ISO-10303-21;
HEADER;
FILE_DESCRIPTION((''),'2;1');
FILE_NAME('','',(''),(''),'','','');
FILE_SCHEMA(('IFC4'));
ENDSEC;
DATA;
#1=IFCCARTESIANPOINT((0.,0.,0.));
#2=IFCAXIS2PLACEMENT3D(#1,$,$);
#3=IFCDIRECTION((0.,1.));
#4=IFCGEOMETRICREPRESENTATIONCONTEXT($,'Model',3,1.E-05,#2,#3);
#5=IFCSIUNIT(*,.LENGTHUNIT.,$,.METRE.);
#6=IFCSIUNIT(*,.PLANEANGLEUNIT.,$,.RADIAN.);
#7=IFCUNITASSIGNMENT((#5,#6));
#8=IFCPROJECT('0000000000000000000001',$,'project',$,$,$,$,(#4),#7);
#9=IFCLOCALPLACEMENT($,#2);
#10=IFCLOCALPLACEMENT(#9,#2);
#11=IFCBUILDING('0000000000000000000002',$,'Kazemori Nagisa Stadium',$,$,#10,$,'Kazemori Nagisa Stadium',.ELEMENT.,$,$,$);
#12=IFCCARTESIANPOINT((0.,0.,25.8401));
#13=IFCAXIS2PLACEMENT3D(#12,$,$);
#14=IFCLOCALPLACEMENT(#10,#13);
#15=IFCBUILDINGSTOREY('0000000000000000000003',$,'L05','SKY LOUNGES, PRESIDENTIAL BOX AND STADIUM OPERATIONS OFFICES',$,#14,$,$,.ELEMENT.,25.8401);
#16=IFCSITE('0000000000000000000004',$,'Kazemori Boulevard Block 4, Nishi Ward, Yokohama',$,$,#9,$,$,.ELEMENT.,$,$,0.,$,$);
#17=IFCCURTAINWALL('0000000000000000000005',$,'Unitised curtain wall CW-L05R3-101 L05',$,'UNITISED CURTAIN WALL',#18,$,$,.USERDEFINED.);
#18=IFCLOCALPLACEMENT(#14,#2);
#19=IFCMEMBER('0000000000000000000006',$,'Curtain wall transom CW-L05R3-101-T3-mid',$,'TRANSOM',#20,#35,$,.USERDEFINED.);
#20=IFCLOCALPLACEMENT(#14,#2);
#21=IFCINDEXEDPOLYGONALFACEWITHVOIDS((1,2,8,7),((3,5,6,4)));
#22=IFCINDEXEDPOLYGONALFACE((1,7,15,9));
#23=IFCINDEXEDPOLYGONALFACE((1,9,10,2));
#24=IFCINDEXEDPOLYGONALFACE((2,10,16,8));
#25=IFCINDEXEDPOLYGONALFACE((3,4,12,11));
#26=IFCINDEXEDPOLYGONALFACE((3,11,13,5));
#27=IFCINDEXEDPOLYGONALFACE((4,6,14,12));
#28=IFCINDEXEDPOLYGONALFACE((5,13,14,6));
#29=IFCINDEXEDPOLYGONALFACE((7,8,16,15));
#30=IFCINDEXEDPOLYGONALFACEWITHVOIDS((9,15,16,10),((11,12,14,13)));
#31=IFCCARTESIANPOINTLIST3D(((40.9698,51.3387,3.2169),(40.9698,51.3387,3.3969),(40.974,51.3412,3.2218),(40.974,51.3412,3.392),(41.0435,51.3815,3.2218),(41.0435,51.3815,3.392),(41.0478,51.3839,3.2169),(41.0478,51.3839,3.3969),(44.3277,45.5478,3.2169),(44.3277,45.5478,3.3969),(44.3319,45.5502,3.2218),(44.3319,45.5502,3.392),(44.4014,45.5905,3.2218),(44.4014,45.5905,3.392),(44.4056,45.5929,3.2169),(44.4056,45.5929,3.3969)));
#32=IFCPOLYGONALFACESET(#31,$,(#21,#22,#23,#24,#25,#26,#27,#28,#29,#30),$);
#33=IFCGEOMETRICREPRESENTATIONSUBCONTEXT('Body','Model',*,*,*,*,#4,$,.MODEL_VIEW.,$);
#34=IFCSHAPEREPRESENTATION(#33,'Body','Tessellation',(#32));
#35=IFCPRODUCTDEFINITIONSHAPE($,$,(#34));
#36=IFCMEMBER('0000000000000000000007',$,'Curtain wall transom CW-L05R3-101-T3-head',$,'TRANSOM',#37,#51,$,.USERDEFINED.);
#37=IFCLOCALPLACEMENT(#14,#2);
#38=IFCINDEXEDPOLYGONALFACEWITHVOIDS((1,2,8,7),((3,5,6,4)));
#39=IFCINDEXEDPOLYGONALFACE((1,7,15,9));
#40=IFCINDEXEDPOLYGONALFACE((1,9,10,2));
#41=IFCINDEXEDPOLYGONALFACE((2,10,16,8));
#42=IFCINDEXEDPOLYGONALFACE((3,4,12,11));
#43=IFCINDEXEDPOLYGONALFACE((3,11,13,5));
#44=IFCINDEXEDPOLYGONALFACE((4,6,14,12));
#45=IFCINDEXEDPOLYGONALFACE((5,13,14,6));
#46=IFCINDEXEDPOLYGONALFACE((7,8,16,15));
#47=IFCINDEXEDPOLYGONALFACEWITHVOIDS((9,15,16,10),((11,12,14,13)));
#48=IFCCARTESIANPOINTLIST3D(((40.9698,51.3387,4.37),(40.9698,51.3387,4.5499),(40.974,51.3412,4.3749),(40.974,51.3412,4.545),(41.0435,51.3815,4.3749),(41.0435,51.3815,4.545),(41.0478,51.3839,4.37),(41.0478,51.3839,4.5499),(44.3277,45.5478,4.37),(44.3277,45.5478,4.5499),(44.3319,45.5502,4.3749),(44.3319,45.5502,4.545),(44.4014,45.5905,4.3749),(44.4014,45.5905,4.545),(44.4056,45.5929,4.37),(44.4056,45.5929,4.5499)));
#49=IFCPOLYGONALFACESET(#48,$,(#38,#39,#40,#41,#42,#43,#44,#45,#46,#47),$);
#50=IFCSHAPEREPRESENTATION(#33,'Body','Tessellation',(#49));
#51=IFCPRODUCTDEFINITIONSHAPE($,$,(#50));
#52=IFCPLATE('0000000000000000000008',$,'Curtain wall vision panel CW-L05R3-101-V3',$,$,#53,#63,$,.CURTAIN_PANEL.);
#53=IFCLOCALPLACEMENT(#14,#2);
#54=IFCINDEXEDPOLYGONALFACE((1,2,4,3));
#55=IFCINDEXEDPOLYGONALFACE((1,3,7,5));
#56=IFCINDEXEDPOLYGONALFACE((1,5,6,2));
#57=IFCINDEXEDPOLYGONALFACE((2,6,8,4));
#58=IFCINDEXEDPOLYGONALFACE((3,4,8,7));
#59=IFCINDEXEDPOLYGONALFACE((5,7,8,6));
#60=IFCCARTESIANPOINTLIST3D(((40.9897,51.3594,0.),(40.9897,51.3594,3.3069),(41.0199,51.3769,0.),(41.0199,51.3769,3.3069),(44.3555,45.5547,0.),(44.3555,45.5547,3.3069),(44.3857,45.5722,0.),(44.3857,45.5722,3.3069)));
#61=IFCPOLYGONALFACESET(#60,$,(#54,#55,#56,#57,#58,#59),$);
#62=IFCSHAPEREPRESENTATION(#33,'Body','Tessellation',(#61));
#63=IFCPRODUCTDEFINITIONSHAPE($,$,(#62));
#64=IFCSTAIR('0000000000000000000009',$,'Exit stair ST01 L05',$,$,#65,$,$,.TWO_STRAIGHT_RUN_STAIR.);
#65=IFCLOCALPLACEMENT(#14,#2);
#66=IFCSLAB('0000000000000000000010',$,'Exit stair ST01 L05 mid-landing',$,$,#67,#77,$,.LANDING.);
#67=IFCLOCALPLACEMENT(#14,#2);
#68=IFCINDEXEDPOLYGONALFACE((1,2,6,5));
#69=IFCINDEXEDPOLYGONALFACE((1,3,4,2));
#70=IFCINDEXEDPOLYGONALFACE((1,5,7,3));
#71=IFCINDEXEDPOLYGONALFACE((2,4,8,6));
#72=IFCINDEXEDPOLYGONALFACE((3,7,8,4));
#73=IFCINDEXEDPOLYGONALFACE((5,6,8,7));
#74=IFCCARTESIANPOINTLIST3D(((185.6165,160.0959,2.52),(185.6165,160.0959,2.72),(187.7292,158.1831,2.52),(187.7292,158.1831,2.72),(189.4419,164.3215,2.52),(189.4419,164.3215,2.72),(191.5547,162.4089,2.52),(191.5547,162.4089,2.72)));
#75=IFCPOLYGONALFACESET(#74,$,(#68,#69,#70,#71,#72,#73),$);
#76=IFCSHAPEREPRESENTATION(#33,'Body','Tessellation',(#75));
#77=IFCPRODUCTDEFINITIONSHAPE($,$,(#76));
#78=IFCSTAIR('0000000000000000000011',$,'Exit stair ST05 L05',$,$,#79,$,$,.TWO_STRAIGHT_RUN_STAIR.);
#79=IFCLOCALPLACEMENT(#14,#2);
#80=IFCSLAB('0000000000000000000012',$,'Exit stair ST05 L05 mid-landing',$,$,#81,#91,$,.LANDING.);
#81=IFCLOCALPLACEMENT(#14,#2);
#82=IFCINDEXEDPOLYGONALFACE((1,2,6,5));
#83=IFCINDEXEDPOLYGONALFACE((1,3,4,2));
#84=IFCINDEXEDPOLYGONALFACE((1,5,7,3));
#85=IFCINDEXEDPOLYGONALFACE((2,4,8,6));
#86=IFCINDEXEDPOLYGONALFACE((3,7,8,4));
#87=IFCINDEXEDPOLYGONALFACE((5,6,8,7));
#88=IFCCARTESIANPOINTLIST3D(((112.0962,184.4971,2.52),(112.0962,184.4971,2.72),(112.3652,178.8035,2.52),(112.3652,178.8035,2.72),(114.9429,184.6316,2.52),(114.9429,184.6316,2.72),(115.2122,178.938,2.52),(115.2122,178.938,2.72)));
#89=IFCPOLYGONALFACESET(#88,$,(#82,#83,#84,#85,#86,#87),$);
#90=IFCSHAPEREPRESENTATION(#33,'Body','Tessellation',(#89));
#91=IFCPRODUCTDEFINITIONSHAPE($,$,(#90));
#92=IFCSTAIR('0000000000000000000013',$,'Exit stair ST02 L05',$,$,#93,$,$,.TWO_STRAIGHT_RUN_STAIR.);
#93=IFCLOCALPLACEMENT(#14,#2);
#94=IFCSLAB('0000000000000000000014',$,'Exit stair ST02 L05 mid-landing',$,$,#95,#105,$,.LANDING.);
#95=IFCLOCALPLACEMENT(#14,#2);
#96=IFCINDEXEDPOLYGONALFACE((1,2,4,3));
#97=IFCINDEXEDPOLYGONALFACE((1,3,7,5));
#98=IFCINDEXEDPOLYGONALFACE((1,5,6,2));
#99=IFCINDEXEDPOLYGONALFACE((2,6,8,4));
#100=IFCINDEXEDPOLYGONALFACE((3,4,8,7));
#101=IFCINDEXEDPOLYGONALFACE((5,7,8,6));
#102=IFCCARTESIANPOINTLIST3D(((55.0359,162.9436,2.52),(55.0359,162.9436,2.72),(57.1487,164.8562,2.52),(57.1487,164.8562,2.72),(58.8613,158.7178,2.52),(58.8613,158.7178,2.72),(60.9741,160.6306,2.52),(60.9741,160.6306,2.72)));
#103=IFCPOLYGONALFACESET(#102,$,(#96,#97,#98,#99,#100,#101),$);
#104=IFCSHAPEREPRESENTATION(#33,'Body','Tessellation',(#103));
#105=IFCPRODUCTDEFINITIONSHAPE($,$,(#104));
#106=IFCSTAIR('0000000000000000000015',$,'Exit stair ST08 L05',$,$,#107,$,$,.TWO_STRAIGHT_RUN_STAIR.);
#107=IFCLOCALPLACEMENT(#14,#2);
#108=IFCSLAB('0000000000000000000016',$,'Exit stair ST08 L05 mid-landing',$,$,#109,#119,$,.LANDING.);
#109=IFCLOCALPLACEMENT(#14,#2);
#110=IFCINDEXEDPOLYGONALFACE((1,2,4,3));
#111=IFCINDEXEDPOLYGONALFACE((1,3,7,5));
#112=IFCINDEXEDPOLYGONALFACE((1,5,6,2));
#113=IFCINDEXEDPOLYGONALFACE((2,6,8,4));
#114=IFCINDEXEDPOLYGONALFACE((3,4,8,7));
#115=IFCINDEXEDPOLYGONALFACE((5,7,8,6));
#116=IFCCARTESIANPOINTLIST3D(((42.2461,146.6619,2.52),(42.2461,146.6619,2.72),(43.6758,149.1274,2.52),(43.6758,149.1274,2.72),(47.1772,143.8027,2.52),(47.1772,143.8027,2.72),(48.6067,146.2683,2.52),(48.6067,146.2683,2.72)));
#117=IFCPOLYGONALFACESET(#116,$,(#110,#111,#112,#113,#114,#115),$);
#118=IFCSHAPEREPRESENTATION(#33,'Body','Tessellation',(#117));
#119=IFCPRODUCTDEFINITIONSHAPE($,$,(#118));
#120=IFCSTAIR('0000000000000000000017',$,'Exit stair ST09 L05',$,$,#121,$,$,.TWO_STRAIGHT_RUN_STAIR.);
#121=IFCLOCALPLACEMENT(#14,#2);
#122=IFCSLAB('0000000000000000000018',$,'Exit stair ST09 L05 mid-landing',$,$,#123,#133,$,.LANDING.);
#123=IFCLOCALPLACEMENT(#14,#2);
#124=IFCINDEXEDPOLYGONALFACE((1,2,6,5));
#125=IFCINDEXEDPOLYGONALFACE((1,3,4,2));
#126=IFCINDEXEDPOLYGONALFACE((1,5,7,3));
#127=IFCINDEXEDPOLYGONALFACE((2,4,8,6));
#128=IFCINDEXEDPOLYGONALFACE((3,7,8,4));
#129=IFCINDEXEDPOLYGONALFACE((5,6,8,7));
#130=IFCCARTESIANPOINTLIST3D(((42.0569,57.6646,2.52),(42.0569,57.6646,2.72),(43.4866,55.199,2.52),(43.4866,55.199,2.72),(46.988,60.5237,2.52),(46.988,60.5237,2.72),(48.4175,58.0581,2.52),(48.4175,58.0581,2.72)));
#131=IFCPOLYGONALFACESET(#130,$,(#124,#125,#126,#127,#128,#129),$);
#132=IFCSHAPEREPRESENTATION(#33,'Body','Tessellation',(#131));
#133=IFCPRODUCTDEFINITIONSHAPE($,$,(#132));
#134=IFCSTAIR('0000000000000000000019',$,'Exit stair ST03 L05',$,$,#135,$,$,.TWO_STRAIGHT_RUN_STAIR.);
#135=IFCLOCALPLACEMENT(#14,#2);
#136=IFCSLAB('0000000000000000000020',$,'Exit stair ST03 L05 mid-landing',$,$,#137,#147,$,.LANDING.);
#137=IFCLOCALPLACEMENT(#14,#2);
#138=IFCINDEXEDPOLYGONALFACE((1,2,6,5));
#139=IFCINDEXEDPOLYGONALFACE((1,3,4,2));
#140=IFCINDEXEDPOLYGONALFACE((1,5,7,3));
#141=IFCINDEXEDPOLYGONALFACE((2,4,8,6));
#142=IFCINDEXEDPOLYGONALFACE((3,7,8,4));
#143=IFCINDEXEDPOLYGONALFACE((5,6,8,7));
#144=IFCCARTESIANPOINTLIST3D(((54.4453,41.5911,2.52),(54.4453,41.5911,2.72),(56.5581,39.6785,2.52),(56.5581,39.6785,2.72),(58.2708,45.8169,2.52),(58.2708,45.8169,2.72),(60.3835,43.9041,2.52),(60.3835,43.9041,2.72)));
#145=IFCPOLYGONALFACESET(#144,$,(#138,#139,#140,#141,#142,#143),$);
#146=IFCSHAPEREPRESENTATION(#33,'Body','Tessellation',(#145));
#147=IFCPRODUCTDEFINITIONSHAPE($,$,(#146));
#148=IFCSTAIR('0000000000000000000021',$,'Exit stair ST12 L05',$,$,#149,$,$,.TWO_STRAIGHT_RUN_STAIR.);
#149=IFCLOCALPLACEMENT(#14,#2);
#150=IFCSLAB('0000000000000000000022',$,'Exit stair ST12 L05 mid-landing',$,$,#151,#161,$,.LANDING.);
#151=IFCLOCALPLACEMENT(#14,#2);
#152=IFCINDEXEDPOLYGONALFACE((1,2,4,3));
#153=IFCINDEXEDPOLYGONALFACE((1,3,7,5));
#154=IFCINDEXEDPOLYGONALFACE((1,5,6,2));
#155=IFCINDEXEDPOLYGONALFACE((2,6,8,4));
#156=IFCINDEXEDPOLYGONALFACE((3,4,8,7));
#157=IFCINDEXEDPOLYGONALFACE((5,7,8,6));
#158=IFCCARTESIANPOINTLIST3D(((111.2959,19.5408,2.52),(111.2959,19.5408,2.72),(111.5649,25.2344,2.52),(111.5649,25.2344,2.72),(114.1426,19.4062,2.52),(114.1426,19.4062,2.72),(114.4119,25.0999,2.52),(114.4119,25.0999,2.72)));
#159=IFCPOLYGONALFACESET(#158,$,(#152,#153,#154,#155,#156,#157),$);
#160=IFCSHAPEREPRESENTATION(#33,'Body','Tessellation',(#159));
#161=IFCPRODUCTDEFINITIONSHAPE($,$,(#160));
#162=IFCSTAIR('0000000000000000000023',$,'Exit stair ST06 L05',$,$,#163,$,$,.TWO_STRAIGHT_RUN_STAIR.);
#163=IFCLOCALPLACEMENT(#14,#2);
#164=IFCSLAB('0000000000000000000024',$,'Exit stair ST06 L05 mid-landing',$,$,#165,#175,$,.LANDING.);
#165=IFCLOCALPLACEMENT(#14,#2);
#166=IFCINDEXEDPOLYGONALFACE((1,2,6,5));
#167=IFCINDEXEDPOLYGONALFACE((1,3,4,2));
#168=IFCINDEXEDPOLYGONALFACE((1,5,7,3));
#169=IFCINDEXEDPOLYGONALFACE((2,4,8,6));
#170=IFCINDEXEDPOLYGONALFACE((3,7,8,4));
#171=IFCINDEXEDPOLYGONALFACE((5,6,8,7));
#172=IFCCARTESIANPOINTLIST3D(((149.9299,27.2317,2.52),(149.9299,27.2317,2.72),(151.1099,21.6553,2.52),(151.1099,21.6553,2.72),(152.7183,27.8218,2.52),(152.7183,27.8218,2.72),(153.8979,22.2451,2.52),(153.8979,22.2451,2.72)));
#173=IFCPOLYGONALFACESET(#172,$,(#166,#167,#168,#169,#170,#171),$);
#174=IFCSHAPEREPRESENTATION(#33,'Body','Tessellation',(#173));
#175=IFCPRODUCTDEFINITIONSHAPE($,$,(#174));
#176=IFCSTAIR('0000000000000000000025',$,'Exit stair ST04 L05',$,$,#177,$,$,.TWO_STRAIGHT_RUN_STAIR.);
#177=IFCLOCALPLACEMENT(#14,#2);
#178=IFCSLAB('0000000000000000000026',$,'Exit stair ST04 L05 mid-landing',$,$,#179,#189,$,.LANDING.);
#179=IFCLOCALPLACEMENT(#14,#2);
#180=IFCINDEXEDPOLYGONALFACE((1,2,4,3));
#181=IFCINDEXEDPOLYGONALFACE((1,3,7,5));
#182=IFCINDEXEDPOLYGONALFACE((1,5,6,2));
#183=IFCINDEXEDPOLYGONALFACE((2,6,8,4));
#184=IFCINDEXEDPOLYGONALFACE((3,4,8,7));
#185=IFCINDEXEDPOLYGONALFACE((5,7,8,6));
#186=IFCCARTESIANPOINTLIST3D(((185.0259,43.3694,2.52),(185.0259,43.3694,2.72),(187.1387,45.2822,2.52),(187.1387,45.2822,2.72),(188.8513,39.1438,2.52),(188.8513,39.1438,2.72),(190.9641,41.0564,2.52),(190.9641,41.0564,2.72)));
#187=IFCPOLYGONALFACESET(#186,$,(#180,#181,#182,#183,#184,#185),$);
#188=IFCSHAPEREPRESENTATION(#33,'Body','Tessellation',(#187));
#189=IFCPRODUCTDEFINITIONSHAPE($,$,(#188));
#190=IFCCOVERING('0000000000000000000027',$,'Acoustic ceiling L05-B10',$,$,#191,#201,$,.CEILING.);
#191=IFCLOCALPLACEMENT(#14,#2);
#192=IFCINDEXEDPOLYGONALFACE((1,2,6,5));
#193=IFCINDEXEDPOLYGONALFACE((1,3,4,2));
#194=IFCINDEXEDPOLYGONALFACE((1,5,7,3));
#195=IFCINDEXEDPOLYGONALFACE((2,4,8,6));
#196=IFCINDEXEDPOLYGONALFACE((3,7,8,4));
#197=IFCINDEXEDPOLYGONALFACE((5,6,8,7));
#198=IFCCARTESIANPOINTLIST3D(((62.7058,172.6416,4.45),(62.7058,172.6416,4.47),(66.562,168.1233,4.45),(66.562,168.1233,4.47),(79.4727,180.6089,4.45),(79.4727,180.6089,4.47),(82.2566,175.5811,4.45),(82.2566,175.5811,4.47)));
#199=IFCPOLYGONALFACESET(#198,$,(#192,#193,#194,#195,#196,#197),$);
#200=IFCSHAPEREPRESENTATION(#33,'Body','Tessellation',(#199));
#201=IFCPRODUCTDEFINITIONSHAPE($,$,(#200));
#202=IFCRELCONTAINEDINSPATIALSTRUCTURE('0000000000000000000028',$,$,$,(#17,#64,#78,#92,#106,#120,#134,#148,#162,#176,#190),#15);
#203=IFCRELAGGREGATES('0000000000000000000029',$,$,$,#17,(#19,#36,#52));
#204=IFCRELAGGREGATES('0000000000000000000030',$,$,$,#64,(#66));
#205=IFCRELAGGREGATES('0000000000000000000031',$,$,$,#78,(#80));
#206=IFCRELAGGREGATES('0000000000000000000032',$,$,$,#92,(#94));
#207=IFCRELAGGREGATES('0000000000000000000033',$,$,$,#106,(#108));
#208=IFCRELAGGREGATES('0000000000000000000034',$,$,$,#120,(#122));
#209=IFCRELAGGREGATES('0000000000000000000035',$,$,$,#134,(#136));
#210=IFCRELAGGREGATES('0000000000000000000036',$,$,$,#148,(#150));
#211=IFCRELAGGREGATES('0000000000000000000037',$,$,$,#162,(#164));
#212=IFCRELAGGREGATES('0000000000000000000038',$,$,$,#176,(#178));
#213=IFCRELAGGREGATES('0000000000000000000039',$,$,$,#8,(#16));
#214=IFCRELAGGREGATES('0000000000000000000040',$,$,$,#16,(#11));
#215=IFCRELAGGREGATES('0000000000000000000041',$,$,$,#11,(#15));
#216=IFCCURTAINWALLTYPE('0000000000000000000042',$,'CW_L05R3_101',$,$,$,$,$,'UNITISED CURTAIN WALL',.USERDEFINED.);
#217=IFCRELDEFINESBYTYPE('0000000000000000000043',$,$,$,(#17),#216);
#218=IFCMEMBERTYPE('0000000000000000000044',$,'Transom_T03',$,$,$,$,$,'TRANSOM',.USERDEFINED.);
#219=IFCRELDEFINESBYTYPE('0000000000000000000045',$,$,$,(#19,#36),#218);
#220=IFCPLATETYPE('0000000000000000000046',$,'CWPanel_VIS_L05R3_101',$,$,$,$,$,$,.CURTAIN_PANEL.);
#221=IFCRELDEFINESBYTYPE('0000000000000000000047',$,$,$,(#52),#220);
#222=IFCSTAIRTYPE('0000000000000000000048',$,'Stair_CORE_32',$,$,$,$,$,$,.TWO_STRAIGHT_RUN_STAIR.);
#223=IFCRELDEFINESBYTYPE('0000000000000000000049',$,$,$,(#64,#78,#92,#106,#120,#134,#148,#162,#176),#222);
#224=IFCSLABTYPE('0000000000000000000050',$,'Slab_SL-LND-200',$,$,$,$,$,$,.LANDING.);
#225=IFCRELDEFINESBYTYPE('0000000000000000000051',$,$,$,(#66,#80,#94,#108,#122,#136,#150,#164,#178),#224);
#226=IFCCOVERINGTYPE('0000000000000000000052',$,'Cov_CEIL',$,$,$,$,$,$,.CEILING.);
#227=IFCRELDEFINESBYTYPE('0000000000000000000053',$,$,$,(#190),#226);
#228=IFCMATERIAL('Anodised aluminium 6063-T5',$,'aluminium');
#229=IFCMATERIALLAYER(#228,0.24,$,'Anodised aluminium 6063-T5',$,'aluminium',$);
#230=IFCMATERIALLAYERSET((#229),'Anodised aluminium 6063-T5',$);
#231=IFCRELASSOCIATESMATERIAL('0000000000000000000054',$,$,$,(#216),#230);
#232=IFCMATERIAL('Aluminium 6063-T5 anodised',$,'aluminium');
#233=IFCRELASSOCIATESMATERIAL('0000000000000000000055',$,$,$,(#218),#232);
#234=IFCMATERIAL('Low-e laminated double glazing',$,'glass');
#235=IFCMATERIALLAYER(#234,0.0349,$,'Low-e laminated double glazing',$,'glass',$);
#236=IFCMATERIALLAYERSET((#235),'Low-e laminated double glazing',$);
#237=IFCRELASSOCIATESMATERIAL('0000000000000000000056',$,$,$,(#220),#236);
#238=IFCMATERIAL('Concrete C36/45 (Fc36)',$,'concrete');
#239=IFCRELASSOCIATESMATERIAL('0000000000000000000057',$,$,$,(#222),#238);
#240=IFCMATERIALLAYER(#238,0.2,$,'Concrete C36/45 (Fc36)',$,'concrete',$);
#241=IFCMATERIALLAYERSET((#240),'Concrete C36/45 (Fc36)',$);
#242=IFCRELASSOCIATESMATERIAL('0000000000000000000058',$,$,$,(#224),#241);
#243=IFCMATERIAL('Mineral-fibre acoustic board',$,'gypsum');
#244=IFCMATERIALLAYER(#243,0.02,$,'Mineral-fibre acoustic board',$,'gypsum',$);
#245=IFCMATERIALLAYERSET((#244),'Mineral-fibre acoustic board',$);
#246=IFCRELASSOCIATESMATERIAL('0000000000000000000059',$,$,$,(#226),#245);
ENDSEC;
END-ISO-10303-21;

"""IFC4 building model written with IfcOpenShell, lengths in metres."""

from ifc_helpers import new_model, si_unit, direction, frame, origin, origin_2d, place, context, subcontext, project, spatial, polyline, rectangle, hollow_rectangle, outline, extrude, material, layer, layer_set, material_profile, profile_set, type_object, element, aggregate, save


model = new_model("IFC4")

# Units and contexts
model_context = context("Model", 3, precision=1e-05, world=origin(), true_north=direction((0.0, 1.0)))
body_context = subcontext(model_context, "Body", "Model", "MODEL_VIEW")
ifc_project = project(units=[si_unit("LENGTHUNIT", "METRE"), si_unit("PLANEANGLEUNIT", "RADIAN")], contexts=[model_context])

# Site, building, storey
site_placement = place(None, origin())
site = spatial("IfcSite", under=ifc_project, at=site_placement, Name="Kazemori Boulevard Block 4, Nishi Ward, Yokohama", CompositionType="ELEMENT", RefElevation=0.0)
building_placement = place(site_placement, origin())
building = spatial("IfcBuilding", under=site, at=building_placement, Name="Kazemori Nagisa Stadium", LongName="Kazemori Nagisa Stadium", CompositionType="ELEMENT")
storey_placement = place(building_placement, frame((0.0, 0.0, 25.8401)))
storey = spatial("IfcBuildingStorey", under=building, at=storey_placement, Name="L05", Description="SKY LOUNGES, PRESIDENTIAL BOX AND STADIUM OPERATIONS OFFICES", CompositionType="ELEMENT", Elevation=25.8401)

# Curtain wall, members, plate
ifc_material_1 = material(Name="Anodised aluminium 6063-T5", Category="aluminium")
ifc_layer_1 = layer(ifc_material_1, 0.24, Name="Anodised aluminium 6063-T5", Category="aluminium")
ifc_layer_set_1 = layer_set([ifc_layer_1], Name="Anodised aluminium 6063-T5")
curtain_wall_type = type_object("IfcCurtainWallType", Name="CW_L05R3_101", ElementType="UNITISED CURTAIN WALL", PredefinedType="USERDEFINED", material=ifc_layer_set_1)
curtain_wall_placement = place(storey_placement, origin())
curtain_wall = element("IfcCurtainWall", 1, at=curtain_wall_placement, inside=storey, type_object=curtain_wall_type, Name="Unitised curtain wall CW-L05R3-101 L05", ObjectType="UNITISED CURTAIN WALL", PredefinedType="USERDEFINED")
ifc_material_2 = material(Name="Aluminium 6063-T5 anodised", Category="aluminium")
ifc_material_profile = material_profile(ifc_material_2, hollow_rectangle(XDim=0.0901, YDim=0.1799, WallThickness=0.0049, at=origin_2d()), Name="ALU-TRAN-90x180x5")
ifc_profile_set = profile_set([ifc_material_profile], Name="Aluminium 6063-T5 anodised")
member_type = type_object("IfcMemberType", Name="Transom_T03", ElementType="TRANSOM", PredefinedType="USERDEFINED", material=ifc_profile_set)
member_1_placement = place(storey_placement, frame((41.0088, 51.3613, 3.3069), z_axis=(0.50162, -0.865088, 0.0), x_axis=(0.865088, 0.50162, 0.0)))
member_1 = element("IfcMember", 2, at=member_1_placement, type_object=member_type, Name="Curtain wall transom CW-L05R3-101-T3-mid", ObjectType="TRANSOM", PredefinedType="USERDEFINED", context=body_context, shape_type="SweptSolid", body=[
    extrude(hollow_rectangle(XDim=0.0901, YDim=0.1799, WallThickness=0.0049, at=origin_2d()), origin(), (0.0, 0.0, 1.0), 6.6941),
])
member_2_placement = place(storey_placement, frame((41.0088, 51.3613, 4.46), z_axis=(0.50162, -0.865088, 0.0), x_axis=(0.865088, 0.50162, 0.0)))
member_2 = element("IfcMember", 3, at=member_2_placement, type_object=member_type, Name="Curtain wall transom CW-L05R3-101-T3-head", ObjectType="TRANSOM", PredefinedType="USERDEFINED", context=body_context, shape_type="SweptSolid", body=[
    extrude(hollow_rectangle(XDim=0.0901, YDim=0.1799, WallThickness=0.0049, at=origin_2d()), origin(), (0.0, 0.0, 1.0), 6.6941),
])
ifc_material_3 = material(Name="Low-e laminated double glazing", Category="glass")
ifc_layer_2 = layer(ifc_material_3, 0.0349, Name="Low-e laminated double glazing", Category="glass")
ifc_layer_set_2 = layer_set([ifc_layer_2], Name="Low-e laminated double glazing")
plate_type = type_object("IfcPlateType", Name="CWPanel_VIS_L05R3_101", PredefinedType="CURTAIN_PANEL", material=ifc_layer_set_2)
plate_placement = place(storey_placement, frame((42.6877, 48.4658, 0.0), z_axis=(0.0, 0.0, 1.0), x_axis=(0.501612, -0.865093, 0.0)))
plate = element("IfcPlate", 4, at=plate_placement, type_object=plate_type, Name="Curtain wall vision panel CW-L05R3-101-V3", PredefinedType="CURTAIN_PANEL", context=body_context, shape_type="SweptSolid", body=[
    extrude(rectangle(XDim=6.71, YDim=0.0349, at=origin_2d()), origin(), (0.0, 0.0, 1.0), 3.3069),
])
aggregate(curtain_wall, [member_1, member_2, plate])

# Stairs, slabs
ifc_material_4 = material(Name="Concrete C36/45 (Fc36)", Category="concrete")
stair_type = type_object("IfcStairType", Name="Stair_CORE_32", PredefinedType="TWO_STRAIGHT_RUN_STAIR", material=ifc_material_4)
stair_1_placement = place(storey_placement, origin())
stair_1 = element("IfcStair", 5, at=stair_1_placement, inside=storey, type_object=stair_type, Name="Exit stair ST01 L05", PredefinedType="TWO_STRAIGHT_RUN_STAIR")
ifc_layer_3 = layer(ifc_material_4, 0.2, Name="Concrete C36/45 (Fc36)", Category="concrete")
ifc_layer_set_3 = layer_set([ifc_layer_3], Name="Concrete C36/45 (Fc36)")
slab_type = type_object("IfcSlabType", Name="Slab_SL-LND-200", PredefinedType="LANDING", material=ifc_layer_set_3)
slab_1_placement = place(storey_placement, frame((0.0, 0.0, 2.52)))
slab_1 = element("IfcSlab", 6, at=slab_1_placement, type_object=slab_type, Name="Exit stair ST01 L05 mid-landing", PredefinedType="LANDING", context=body_context, shape_type="SweptSolid", body=[
    extrude(outline(polyline([(187.7292, 158.1831), (185.6165, 160.0959), (189.4419, 164.3215), (191.5547, 162.4089), (187.7292, 158.1831)])), origin(), (0.0, 0.0, 1.0), 0.2),
])
aggregate(stair_1, [slab_1])
stair_2_placement = place(storey_placement, origin())
stair_2 = element("IfcStair", 7, at=stair_2_placement, inside=storey, type_object=stair_type, Name="Exit stair ST05 L05", PredefinedType="TWO_STRAIGHT_RUN_STAIR")
slab_2_placement = place(storey_placement, frame((0.0, 0.0, 2.52)))
slab_2 = element("IfcSlab", 8, at=slab_2_placement, type_object=slab_type, Name="Exit stair ST05 L05 mid-landing", PredefinedType="LANDING", context=body_context, shape_type="SweptSolid", body=[
    extrude(outline(polyline([(115.2122, 178.938), (112.3652, 178.8035), (112.0962, 184.4971), (114.9429, 184.6316), (115.2122, 178.938)])), origin(), (0.0, 0.0, 1.0), 0.2),
])
aggregate(stair_2, [slab_2])
stair_3_placement = place(storey_placement, origin())
stair_3 = element("IfcStair", 9, at=stair_3_placement, inside=storey, type_object=stair_type, Name="Exit stair ST02 L05", PredefinedType="TWO_STRAIGHT_RUN_STAIR")
slab_3_placement = place(storey_placement, frame((0.0, 0.0, 2.52)))
slab_3 = element("IfcSlab", 10, at=slab_3_placement, type_object=slab_type, Name="Exit stair ST02 L05 mid-landing", PredefinedType="LANDING", context=body_context, shape_type="SweptSolid", body=[
    extrude(outline(polyline([(60.9741, 160.6306), (58.8613, 158.7178), (55.0359, 162.9436), (57.1487, 164.8562), (60.9741, 160.6306)])), origin(), (0.0, 0.0, 1.0), 0.2),
])
aggregate(stair_3, [slab_3])
stair_4_placement = place(storey_placement, origin())
stair_4 = element("IfcStair", 11, at=stair_4_placement, inside=storey, type_object=stair_type, Name="Exit stair ST08 L05", PredefinedType="TWO_STRAIGHT_RUN_STAIR")
slab_4_placement = place(storey_placement, frame((0.0, 0.0, 2.52)))
slab_4 = element("IfcSlab", 12, at=slab_4_placement, type_object=slab_type, Name="Exit stair ST08 L05 mid-landing", PredefinedType="LANDING", context=body_context, shape_type="SweptSolid", body=[
    extrude(outline(polyline([(48.6067, 146.2683), (47.1772, 143.8027), (42.2461, 146.6619), (43.6758, 149.1274), (48.6067, 146.2683)])), origin(), (0.0, 0.0, 1.0), 0.2),
])
aggregate(stair_4, [slab_4])
stair_5_placement = place(storey_placement, origin())
stair_5 = element("IfcStair", 13, at=stair_5_placement, inside=storey, type_object=stair_type, Name="Exit stair ST09 L05", PredefinedType="TWO_STRAIGHT_RUN_STAIR")
slab_5_placement = place(storey_placement, frame((0.0, 0.0, 2.52)))
slab_5 = element("IfcSlab", 14, at=slab_5_placement, type_object=slab_type, Name="Exit stair ST09 L05 mid-landing", PredefinedType="LANDING", context=body_context, shape_type="SweptSolid", body=[
    extrude(outline(polyline([(46.988, 60.5237), (48.4175, 58.0581), (43.4866, 55.199), (42.0569, 57.6646), (46.988, 60.5237)])), origin(), (0.0, 0.0, 1.0), 0.2),
])
aggregate(stair_5, [slab_5])
stair_6_placement = place(storey_placement, origin())
stair_6 = element("IfcStair", 15, at=stair_6_placement, inside=storey, type_object=stair_type, Name="Exit stair ST03 L05", PredefinedType="TWO_STRAIGHT_RUN_STAIR")
slab_6_placement = place(storey_placement, frame((0.0, 0.0, 2.52)))
slab_6 = element("IfcSlab", 16, at=slab_6_placement, type_object=slab_type, Name="Exit stair ST03 L05 mid-landing", PredefinedType="LANDING", context=body_context, shape_type="SweptSolid", body=[
    extrude(outline(polyline([(58.2708, 45.8169), (60.3835, 43.9041), (56.5581, 39.6785), (54.4453, 41.5911), (58.2708, 45.8169)])), origin(), (0.0, 0.0, 1.0), 0.2),
])
aggregate(stair_6, [slab_6])
stair_7_placement = place(storey_placement, origin())
stair_7 = element("IfcStair", 17, at=stair_7_placement, inside=storey, type_object=stair_type, Name="Exit stair ST12 L05", PredefinedType="TWO_STRAIGHT_RUN_STAIR")
slab_7_placement = place(storey_placement, frame((0.0, 0.0, 2.52)))
slab_7 = element("IfcSlab", 18, at=slab_7_placement, type_object=slab_type, Name="Exit stair ST12 L05 mid-landing", PredefinedType="LANDING", context=body_context, shape_type="SweptSolid", body=[
    extrude(outline(polyline([(111.5649, 25.2344), (114.4119, 25.0999), (114.1426, 19.4062), (111.2959, 19.5408), (111.5649, 25.2344)])), origin(), (0.0, 0.0, 1.0), 0.2),
])
aggregate(stair_7, [slab_7])
stair_8_placement = place(storey_placement, origin())
stair_8 = element("IfcStair", 19, at=stair_8_placement, inside=storey, type_object=stair_type, Name="Exit stair ST06 L05", PredefinedType="TWO_STRAIGHT_RUN_STAIR")
slab_8_placement = place(storey_placement, frame((0.0, 0.0, 2.52)))
slab_8 = element("IfcSlab", 20, at=slab_8_placement, type_object=slab_type, Name="Exit stair ST06 L05 mid-landing", PredefinedType="LANDING", context=body_context, shape_type="SweptSolid", body=[
    extrude(outline(polyline([(149.9299, 27.2317), (152.7183, 27.8218), (153.8979, 22.2451), (151.1099, 21.6553), (149.9299, 27.2317)])), origin(), (0.0, 0.0, 1.0), 0.2),
])
aggregate(stair_8, [slab_8])
stair_9_placement = place(storey_placement, origin())
stair_9 = element("IfcStair", 21, at=stair_9_placement, inside=storey, type_object=stair_type, Name="Exit stair ST04 L05", PredefinedType="TWO_STRAIGHT_RUN_STAIR")
slab_9_placement = place(storey_placement, frame((0.0, 0.0, 2.52)))
slab_9 = element("IfcSlab", 22, at=slab_9_placement, type_object=slab_type, Name="Exit stair ST04 L05 mid-landing", PredefinedType="LANDING", context=body_context, shape_type="SweptSolid", body=[
    extrude(outline(polyline([(185.0259, 43.3694), (187.1387, 45.2822), (190.9641, 41.0564), (188.8513, 39.1438), (185.0259, 43.3694)])), origin(), (0.0, 0.0, 1.0), 0.2),
])
aggregate(stair_9, [slab_9])

# Covering
ifc_material_5 = material(Name="Mineral-fibre acoustic board", Category="gypsum")
ifc_layer_4 = layer(ifc_material_5, 0.02, Name="Mineral-fibre acoustic board", Category="gypsum")
ifc_layer_set_4 = layer_set([ifc_layer_4], Name="Mineral-fibre acoustic board")
covering_type_1 = type_object("IfcCoveringType", Name="Cov_CEIL", PredefinedType="CEILING", material=ifc_layer_set_4)
covering_1_placement = place(storey_placement, frame((0.0, 0.0, 4.45)))
element("IfcCovering", 23, at=covering_1_placement, inside=storey, type_object=covering_type_1, Name="Acoustic ceiling L05-B10", PredefinedType="CEILING", context=body_context, shape_type="SweptSolid", body=[
    extrude(outline(polyline([(82.2566, 175.5811), (66.562, 168.1233), (62.7058, 172.6416), (79.4727, 180.6089), (82.2566, 175.5811)])), origin(), (0.0, 0.0, 1.0), 0.02),
])

save(model, "model.ifc")
